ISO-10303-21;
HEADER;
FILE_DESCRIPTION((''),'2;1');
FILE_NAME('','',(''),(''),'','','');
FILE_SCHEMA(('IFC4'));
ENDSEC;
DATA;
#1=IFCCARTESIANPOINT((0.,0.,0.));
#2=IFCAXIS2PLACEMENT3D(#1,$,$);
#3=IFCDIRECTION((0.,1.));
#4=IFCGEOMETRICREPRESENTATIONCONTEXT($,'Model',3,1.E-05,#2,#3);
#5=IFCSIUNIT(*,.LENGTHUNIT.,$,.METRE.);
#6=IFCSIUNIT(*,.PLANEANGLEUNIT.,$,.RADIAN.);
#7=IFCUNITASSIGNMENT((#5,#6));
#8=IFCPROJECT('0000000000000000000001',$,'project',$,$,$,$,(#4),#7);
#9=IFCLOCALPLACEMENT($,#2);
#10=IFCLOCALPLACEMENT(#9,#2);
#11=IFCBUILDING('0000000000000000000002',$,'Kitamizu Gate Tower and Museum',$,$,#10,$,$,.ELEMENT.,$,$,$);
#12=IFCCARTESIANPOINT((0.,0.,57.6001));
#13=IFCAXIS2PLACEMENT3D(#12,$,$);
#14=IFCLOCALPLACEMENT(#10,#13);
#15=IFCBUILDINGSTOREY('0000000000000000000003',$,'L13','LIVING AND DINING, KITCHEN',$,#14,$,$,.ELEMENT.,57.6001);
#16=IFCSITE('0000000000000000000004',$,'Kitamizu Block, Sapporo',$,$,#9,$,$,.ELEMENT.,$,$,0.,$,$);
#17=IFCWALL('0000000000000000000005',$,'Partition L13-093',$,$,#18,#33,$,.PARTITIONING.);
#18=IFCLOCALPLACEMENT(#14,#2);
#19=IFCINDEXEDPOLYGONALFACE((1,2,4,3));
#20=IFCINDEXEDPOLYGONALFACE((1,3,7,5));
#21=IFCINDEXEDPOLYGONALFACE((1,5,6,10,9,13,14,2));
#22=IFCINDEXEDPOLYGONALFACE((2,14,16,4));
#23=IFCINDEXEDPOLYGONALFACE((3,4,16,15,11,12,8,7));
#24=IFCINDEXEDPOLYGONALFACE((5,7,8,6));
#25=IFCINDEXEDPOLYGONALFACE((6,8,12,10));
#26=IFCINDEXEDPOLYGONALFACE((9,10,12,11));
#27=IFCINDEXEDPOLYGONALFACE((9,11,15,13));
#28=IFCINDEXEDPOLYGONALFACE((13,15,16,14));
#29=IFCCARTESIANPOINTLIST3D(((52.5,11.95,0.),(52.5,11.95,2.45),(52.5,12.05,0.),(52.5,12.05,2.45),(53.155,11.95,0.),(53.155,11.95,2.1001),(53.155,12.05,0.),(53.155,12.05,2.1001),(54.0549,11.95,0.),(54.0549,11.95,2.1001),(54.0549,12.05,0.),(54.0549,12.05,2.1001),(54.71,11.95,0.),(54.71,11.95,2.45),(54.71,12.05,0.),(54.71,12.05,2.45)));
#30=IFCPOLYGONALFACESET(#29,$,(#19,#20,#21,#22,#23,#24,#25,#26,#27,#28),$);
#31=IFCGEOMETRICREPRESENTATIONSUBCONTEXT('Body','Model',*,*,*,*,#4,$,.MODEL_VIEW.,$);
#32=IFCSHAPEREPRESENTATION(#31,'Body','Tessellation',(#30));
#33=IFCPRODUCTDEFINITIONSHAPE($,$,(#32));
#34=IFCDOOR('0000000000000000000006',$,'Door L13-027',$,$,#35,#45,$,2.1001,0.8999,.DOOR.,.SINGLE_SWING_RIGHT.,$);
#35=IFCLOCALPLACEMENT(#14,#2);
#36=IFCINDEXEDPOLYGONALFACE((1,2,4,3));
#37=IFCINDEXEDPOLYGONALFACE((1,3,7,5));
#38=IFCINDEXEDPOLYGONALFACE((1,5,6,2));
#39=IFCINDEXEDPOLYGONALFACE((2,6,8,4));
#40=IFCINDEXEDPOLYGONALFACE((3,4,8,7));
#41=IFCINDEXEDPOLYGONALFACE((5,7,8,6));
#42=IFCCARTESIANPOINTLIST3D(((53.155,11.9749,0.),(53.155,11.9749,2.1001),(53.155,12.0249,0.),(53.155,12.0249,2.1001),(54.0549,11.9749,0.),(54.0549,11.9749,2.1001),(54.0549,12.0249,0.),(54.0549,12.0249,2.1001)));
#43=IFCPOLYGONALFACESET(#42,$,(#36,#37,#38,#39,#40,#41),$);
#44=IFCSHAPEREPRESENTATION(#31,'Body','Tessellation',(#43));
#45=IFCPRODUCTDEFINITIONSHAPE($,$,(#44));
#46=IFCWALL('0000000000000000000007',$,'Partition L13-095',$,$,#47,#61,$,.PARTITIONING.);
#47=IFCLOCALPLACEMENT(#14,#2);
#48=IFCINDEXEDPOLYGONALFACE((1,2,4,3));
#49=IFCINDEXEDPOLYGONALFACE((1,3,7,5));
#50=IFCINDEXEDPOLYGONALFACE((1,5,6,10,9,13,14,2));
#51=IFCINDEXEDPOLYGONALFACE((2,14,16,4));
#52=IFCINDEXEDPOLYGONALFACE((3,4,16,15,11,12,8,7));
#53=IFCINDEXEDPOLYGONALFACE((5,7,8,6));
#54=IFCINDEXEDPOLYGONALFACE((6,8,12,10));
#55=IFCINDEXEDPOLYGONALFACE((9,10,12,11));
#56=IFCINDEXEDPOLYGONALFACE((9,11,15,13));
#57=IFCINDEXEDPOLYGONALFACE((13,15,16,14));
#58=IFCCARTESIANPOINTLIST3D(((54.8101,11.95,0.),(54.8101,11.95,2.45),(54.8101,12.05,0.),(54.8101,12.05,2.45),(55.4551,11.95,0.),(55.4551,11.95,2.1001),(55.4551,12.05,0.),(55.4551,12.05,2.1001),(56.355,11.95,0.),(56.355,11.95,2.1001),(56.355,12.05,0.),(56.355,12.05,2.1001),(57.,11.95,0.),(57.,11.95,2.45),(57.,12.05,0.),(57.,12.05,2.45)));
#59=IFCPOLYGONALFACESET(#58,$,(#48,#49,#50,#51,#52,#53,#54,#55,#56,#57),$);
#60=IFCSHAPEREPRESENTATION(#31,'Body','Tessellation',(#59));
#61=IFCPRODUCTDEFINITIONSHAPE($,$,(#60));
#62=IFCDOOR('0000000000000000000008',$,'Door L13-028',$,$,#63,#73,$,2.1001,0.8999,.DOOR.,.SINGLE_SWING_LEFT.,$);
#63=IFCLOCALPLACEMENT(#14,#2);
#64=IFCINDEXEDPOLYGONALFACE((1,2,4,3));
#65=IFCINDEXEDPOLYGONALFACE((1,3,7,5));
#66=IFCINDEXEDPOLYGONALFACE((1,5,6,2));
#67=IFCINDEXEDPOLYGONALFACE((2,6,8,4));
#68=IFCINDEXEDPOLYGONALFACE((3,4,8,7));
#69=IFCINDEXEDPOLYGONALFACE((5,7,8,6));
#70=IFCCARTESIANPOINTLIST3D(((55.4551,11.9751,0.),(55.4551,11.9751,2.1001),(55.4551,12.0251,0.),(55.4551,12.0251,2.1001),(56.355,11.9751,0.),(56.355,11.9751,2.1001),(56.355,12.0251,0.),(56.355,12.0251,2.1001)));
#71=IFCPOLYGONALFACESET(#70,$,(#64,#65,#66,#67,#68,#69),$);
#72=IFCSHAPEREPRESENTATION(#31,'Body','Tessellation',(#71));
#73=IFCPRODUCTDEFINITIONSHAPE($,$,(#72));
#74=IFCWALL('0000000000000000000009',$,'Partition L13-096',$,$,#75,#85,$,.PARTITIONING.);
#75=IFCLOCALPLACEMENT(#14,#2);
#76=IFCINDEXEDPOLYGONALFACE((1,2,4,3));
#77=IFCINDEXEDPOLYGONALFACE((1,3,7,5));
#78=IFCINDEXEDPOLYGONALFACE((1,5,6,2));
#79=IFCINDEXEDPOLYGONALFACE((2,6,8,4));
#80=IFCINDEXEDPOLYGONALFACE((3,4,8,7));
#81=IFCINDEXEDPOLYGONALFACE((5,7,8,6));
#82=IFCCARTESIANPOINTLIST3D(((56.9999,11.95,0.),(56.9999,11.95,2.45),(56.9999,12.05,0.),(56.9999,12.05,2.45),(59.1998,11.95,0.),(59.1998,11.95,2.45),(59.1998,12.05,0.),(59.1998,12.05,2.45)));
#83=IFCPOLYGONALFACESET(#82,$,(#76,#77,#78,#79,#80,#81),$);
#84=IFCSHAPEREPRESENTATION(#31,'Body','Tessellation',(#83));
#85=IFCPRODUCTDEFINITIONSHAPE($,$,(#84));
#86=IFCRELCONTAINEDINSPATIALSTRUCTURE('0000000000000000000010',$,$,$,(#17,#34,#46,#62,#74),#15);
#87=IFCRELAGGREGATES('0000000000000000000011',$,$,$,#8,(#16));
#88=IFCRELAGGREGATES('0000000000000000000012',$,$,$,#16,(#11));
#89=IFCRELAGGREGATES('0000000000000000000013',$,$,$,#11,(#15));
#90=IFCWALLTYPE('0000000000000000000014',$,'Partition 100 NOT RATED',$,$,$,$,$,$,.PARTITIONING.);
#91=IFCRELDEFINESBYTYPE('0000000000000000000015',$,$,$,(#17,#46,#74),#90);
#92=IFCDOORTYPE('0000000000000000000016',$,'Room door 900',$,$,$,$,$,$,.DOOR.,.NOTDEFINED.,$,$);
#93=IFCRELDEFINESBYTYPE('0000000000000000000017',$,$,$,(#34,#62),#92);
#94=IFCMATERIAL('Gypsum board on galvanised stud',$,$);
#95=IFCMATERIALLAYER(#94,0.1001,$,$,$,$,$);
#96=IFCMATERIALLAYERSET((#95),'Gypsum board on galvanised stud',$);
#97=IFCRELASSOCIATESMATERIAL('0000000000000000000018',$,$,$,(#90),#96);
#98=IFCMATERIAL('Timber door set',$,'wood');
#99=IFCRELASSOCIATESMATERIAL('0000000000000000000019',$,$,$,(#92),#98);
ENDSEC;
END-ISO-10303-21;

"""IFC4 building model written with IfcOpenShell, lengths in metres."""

from ifc_helpers import new_model, si_unit, direction, frame, frame_2d, origin, place, context, subcontext, project, spatial, rectangle, extrude, material, layer, layer_set, type_object, element, fill, save


model = new_model("IFC4")

# Units and contexts
model_context = context("Model", 3, precision=1e-05, world=origin(), true_north=direction((0.0, 1.0)))
body_context = subcontext(model_context, "Body", "Model", "MODEL_VIEW")
ifc_project = project(units=[si_unit("LENGTHUNIT", "METRE"), si_unit("PLANEANGLEUNIT", "RADIAN")], contexts=[model_context])

# Site, building, storey
site_placement = place(None, origin())
site = spatial("IfcSite", under=ifc_project, at=site_placement, Name="Kitamizu Block, Sapporo", CompositionType="ELEMENT", RefElevation=0.0)
building_placement = place(site_placement, origin())
building = spatial("IfcBuilding", under=site, at=building_placement, Name="Kitamizu Gate Tower and Museum", CompositionType="ELEMENT")
storey_placement = place(building_placement, frame((0.0, 0.0, 57.6001)))
storey = spatial("IfcBuildingStorey", under=building, at=storey_placement, Name="L13", Description="LIVING AND DINING, KITCHEN", CompositionType="ELEMENT", Elevation=57.6001)

# Shared definitions
ifc_material_1 = material(Name="Gypsum board on galvanised stud")
ifc_layer = layer(ifc_material_1, 0.1001)
ifc_layer_set = layer_set([ifc_layer], Name="Gypsum board on galvanised stud")
wall_type = type_object("IfcWallType", Name="Partition 100 NOT RATED", PredefinedType="PARTITIONING", material=ifc_layer_set)

# Shared definitions
ifc_material_2 = material(Name="Timber door set", Category="wood")
door_type = type_object("IfcDoorType", Name="Room door 900", OperationType="NOTDEFINED", PredefinedType="DOOR", material=ifc_material_2)

# Walls, openings, doors
wall_1_placement = place(storey_placement, frame((54.71, 12.0, 0.0), z_axis=(0.0, 0.0, 1.0), x_axis=(-1.0, 0.0, 0.0)))
wall_1 = element("IfcWall", 1, at=wall_1_placement, inside=storey, type_object=wall_type, Name="Partition L13-093", PredefinedType="PARTITIONING", context=body_context, shape_type="SweptSolid", body=[
    extrude(rectangle(XDim=2.21, YDim=0.1001, at=frame_2d((1.105, 0.0))), origin(), (0.0, 0.0, 1.0), 2.45),
])
opening_1_placement = place(wall_1_placement, frame((0.655, 0.0, 0.0)))
opening_1 = element("IfcOpeningElement", 2, at=opening_1_placement, cuts=wall_1, PredefinedType="OPENING", context=body_context, shape_type="SweptSolid", body=[
    extrude(rectangle(XDim=0.8999, YDim=2.1001, at=frame_2d((0.45, 1.05))), frame((0.0, 0.0601, 0.0), z_axis=(0.0, -1.0, 0.0), x_axis=(1.0, 0.0, 0.0)), (0.0, 0.0, 1.0), 0.1201),
])
door_1_placement = place(opening_1_placement, frame((0.8999, 0.0, 0.0), x_axis=(-1.0, 0.0, 0.0)))
door_1 = element("IfcDoor", 3, at=door_1_placement, inside=storey, type_object=door_type, Name="Door L13-027", OperationType="SINGLE_SWING_RIGHT", OverallHeight=2.1001, OverallWidth=0.8999, PredefinedType="DOOR", context=body_context, shape_type="SweptSolid", body=[
    extrude(rectangle(XDim=0.8999, YDim=2.1001, at=frame_2d((0.45, 1.05))), frame((0.0, 0.0249, 0.0), z_axis=(0.0, -1.0, 0.0), x_axis=(1.0, 0.0, 0.0)), (0.0, 0.0, 1.0), 0.05),
])
fill(opening_1, door_1)
wall_2_placement = place(storey_placement, frame((57.0, 12.0, 0.0), z_axis=(0.0, 0.0, 1.0), x_axis=(-1.0, 0.0, 0.0)))
wall_2 = element("IfcWall", 4, at=wall_2_placement, inside=storey, type_object=wall_type, Name="Partition L13-095", PredefinedType="PARTITIONING", context=body_context, shape_type="SweptSolid", body=[
    extrude(rectangle(XDim=2.1899, YDim=0.1001, at=frame_2d((1.095, 0.0))), origin(), (0.0, 0.0, 1.0), 2.45),
])
opening_2_placement = place(wall_2_placement, frame((0.645, 0.0, 0.0)))
opening_2 = element("IfcOpeningElement", 5, at=opening_2_placement, cuts=wall_2, PredefinedType="OPENING", context=body_context, shape_type="SweptSolid", body=[
    extrude(rectangle(XDim=0.8999, YDim=2.1001, at=frame_2d((0.45, 1.05))), frame((0.0, 0.0601, 0.0), z_axis=(0.0, -1.0, 0.0), x_axis=(1.0, 0.0, 0.0)), (0.0, 0.0, 1.0), 0.1201),
])
door_2_placement = place(opening_2_placement, origin())
door_2 = element("IfcDoor", 6, at=door_2_placement, inside=storey, type_object=door_type, Name="Door L13-028", OperationType="SINGLE_SWING_LEFT", OverallHeight=2.1001, OverallWidth=0.8999, PredefinedType="DOOR", context=body_context, shape_type="SweptSolid", body=[
    extrude(rectangle(XDim=0.8999, YDim=2.1001, at=frame_2d((0.45, 1.05))), frame((0.0, 0.0249, 0.0), z_axis=(0.0, -1.0, 0.0), x_axis=(1.0, 0.0, 0.0)), (0.0, 0.0, 1.0), 0.05),
])
fill(opening_2, door_2)

# Wall
wall_3_placement = place(storey_placement, frame((59.2, 12.0, 0.0), z_axis=(0.0, 0.0, 1.0), x_axis=(-1.0, 0.0, 0.0)))
element("IfcWall", 7, at=wall_3_placement, inside=storey, type_object=wall_type, Name="Partition L13-096", PredefinedType="PARTITIONING", context=body_context, shape_type="SweptSolid", body=[
    extrude(rectangle(XDim=2.2, YDim=0.1001, at=frame_2d((1.1001, 0.0))), origin(), (0.0, 0.0, 1.0), 2.45),
])

save(model, "model.ifc")
